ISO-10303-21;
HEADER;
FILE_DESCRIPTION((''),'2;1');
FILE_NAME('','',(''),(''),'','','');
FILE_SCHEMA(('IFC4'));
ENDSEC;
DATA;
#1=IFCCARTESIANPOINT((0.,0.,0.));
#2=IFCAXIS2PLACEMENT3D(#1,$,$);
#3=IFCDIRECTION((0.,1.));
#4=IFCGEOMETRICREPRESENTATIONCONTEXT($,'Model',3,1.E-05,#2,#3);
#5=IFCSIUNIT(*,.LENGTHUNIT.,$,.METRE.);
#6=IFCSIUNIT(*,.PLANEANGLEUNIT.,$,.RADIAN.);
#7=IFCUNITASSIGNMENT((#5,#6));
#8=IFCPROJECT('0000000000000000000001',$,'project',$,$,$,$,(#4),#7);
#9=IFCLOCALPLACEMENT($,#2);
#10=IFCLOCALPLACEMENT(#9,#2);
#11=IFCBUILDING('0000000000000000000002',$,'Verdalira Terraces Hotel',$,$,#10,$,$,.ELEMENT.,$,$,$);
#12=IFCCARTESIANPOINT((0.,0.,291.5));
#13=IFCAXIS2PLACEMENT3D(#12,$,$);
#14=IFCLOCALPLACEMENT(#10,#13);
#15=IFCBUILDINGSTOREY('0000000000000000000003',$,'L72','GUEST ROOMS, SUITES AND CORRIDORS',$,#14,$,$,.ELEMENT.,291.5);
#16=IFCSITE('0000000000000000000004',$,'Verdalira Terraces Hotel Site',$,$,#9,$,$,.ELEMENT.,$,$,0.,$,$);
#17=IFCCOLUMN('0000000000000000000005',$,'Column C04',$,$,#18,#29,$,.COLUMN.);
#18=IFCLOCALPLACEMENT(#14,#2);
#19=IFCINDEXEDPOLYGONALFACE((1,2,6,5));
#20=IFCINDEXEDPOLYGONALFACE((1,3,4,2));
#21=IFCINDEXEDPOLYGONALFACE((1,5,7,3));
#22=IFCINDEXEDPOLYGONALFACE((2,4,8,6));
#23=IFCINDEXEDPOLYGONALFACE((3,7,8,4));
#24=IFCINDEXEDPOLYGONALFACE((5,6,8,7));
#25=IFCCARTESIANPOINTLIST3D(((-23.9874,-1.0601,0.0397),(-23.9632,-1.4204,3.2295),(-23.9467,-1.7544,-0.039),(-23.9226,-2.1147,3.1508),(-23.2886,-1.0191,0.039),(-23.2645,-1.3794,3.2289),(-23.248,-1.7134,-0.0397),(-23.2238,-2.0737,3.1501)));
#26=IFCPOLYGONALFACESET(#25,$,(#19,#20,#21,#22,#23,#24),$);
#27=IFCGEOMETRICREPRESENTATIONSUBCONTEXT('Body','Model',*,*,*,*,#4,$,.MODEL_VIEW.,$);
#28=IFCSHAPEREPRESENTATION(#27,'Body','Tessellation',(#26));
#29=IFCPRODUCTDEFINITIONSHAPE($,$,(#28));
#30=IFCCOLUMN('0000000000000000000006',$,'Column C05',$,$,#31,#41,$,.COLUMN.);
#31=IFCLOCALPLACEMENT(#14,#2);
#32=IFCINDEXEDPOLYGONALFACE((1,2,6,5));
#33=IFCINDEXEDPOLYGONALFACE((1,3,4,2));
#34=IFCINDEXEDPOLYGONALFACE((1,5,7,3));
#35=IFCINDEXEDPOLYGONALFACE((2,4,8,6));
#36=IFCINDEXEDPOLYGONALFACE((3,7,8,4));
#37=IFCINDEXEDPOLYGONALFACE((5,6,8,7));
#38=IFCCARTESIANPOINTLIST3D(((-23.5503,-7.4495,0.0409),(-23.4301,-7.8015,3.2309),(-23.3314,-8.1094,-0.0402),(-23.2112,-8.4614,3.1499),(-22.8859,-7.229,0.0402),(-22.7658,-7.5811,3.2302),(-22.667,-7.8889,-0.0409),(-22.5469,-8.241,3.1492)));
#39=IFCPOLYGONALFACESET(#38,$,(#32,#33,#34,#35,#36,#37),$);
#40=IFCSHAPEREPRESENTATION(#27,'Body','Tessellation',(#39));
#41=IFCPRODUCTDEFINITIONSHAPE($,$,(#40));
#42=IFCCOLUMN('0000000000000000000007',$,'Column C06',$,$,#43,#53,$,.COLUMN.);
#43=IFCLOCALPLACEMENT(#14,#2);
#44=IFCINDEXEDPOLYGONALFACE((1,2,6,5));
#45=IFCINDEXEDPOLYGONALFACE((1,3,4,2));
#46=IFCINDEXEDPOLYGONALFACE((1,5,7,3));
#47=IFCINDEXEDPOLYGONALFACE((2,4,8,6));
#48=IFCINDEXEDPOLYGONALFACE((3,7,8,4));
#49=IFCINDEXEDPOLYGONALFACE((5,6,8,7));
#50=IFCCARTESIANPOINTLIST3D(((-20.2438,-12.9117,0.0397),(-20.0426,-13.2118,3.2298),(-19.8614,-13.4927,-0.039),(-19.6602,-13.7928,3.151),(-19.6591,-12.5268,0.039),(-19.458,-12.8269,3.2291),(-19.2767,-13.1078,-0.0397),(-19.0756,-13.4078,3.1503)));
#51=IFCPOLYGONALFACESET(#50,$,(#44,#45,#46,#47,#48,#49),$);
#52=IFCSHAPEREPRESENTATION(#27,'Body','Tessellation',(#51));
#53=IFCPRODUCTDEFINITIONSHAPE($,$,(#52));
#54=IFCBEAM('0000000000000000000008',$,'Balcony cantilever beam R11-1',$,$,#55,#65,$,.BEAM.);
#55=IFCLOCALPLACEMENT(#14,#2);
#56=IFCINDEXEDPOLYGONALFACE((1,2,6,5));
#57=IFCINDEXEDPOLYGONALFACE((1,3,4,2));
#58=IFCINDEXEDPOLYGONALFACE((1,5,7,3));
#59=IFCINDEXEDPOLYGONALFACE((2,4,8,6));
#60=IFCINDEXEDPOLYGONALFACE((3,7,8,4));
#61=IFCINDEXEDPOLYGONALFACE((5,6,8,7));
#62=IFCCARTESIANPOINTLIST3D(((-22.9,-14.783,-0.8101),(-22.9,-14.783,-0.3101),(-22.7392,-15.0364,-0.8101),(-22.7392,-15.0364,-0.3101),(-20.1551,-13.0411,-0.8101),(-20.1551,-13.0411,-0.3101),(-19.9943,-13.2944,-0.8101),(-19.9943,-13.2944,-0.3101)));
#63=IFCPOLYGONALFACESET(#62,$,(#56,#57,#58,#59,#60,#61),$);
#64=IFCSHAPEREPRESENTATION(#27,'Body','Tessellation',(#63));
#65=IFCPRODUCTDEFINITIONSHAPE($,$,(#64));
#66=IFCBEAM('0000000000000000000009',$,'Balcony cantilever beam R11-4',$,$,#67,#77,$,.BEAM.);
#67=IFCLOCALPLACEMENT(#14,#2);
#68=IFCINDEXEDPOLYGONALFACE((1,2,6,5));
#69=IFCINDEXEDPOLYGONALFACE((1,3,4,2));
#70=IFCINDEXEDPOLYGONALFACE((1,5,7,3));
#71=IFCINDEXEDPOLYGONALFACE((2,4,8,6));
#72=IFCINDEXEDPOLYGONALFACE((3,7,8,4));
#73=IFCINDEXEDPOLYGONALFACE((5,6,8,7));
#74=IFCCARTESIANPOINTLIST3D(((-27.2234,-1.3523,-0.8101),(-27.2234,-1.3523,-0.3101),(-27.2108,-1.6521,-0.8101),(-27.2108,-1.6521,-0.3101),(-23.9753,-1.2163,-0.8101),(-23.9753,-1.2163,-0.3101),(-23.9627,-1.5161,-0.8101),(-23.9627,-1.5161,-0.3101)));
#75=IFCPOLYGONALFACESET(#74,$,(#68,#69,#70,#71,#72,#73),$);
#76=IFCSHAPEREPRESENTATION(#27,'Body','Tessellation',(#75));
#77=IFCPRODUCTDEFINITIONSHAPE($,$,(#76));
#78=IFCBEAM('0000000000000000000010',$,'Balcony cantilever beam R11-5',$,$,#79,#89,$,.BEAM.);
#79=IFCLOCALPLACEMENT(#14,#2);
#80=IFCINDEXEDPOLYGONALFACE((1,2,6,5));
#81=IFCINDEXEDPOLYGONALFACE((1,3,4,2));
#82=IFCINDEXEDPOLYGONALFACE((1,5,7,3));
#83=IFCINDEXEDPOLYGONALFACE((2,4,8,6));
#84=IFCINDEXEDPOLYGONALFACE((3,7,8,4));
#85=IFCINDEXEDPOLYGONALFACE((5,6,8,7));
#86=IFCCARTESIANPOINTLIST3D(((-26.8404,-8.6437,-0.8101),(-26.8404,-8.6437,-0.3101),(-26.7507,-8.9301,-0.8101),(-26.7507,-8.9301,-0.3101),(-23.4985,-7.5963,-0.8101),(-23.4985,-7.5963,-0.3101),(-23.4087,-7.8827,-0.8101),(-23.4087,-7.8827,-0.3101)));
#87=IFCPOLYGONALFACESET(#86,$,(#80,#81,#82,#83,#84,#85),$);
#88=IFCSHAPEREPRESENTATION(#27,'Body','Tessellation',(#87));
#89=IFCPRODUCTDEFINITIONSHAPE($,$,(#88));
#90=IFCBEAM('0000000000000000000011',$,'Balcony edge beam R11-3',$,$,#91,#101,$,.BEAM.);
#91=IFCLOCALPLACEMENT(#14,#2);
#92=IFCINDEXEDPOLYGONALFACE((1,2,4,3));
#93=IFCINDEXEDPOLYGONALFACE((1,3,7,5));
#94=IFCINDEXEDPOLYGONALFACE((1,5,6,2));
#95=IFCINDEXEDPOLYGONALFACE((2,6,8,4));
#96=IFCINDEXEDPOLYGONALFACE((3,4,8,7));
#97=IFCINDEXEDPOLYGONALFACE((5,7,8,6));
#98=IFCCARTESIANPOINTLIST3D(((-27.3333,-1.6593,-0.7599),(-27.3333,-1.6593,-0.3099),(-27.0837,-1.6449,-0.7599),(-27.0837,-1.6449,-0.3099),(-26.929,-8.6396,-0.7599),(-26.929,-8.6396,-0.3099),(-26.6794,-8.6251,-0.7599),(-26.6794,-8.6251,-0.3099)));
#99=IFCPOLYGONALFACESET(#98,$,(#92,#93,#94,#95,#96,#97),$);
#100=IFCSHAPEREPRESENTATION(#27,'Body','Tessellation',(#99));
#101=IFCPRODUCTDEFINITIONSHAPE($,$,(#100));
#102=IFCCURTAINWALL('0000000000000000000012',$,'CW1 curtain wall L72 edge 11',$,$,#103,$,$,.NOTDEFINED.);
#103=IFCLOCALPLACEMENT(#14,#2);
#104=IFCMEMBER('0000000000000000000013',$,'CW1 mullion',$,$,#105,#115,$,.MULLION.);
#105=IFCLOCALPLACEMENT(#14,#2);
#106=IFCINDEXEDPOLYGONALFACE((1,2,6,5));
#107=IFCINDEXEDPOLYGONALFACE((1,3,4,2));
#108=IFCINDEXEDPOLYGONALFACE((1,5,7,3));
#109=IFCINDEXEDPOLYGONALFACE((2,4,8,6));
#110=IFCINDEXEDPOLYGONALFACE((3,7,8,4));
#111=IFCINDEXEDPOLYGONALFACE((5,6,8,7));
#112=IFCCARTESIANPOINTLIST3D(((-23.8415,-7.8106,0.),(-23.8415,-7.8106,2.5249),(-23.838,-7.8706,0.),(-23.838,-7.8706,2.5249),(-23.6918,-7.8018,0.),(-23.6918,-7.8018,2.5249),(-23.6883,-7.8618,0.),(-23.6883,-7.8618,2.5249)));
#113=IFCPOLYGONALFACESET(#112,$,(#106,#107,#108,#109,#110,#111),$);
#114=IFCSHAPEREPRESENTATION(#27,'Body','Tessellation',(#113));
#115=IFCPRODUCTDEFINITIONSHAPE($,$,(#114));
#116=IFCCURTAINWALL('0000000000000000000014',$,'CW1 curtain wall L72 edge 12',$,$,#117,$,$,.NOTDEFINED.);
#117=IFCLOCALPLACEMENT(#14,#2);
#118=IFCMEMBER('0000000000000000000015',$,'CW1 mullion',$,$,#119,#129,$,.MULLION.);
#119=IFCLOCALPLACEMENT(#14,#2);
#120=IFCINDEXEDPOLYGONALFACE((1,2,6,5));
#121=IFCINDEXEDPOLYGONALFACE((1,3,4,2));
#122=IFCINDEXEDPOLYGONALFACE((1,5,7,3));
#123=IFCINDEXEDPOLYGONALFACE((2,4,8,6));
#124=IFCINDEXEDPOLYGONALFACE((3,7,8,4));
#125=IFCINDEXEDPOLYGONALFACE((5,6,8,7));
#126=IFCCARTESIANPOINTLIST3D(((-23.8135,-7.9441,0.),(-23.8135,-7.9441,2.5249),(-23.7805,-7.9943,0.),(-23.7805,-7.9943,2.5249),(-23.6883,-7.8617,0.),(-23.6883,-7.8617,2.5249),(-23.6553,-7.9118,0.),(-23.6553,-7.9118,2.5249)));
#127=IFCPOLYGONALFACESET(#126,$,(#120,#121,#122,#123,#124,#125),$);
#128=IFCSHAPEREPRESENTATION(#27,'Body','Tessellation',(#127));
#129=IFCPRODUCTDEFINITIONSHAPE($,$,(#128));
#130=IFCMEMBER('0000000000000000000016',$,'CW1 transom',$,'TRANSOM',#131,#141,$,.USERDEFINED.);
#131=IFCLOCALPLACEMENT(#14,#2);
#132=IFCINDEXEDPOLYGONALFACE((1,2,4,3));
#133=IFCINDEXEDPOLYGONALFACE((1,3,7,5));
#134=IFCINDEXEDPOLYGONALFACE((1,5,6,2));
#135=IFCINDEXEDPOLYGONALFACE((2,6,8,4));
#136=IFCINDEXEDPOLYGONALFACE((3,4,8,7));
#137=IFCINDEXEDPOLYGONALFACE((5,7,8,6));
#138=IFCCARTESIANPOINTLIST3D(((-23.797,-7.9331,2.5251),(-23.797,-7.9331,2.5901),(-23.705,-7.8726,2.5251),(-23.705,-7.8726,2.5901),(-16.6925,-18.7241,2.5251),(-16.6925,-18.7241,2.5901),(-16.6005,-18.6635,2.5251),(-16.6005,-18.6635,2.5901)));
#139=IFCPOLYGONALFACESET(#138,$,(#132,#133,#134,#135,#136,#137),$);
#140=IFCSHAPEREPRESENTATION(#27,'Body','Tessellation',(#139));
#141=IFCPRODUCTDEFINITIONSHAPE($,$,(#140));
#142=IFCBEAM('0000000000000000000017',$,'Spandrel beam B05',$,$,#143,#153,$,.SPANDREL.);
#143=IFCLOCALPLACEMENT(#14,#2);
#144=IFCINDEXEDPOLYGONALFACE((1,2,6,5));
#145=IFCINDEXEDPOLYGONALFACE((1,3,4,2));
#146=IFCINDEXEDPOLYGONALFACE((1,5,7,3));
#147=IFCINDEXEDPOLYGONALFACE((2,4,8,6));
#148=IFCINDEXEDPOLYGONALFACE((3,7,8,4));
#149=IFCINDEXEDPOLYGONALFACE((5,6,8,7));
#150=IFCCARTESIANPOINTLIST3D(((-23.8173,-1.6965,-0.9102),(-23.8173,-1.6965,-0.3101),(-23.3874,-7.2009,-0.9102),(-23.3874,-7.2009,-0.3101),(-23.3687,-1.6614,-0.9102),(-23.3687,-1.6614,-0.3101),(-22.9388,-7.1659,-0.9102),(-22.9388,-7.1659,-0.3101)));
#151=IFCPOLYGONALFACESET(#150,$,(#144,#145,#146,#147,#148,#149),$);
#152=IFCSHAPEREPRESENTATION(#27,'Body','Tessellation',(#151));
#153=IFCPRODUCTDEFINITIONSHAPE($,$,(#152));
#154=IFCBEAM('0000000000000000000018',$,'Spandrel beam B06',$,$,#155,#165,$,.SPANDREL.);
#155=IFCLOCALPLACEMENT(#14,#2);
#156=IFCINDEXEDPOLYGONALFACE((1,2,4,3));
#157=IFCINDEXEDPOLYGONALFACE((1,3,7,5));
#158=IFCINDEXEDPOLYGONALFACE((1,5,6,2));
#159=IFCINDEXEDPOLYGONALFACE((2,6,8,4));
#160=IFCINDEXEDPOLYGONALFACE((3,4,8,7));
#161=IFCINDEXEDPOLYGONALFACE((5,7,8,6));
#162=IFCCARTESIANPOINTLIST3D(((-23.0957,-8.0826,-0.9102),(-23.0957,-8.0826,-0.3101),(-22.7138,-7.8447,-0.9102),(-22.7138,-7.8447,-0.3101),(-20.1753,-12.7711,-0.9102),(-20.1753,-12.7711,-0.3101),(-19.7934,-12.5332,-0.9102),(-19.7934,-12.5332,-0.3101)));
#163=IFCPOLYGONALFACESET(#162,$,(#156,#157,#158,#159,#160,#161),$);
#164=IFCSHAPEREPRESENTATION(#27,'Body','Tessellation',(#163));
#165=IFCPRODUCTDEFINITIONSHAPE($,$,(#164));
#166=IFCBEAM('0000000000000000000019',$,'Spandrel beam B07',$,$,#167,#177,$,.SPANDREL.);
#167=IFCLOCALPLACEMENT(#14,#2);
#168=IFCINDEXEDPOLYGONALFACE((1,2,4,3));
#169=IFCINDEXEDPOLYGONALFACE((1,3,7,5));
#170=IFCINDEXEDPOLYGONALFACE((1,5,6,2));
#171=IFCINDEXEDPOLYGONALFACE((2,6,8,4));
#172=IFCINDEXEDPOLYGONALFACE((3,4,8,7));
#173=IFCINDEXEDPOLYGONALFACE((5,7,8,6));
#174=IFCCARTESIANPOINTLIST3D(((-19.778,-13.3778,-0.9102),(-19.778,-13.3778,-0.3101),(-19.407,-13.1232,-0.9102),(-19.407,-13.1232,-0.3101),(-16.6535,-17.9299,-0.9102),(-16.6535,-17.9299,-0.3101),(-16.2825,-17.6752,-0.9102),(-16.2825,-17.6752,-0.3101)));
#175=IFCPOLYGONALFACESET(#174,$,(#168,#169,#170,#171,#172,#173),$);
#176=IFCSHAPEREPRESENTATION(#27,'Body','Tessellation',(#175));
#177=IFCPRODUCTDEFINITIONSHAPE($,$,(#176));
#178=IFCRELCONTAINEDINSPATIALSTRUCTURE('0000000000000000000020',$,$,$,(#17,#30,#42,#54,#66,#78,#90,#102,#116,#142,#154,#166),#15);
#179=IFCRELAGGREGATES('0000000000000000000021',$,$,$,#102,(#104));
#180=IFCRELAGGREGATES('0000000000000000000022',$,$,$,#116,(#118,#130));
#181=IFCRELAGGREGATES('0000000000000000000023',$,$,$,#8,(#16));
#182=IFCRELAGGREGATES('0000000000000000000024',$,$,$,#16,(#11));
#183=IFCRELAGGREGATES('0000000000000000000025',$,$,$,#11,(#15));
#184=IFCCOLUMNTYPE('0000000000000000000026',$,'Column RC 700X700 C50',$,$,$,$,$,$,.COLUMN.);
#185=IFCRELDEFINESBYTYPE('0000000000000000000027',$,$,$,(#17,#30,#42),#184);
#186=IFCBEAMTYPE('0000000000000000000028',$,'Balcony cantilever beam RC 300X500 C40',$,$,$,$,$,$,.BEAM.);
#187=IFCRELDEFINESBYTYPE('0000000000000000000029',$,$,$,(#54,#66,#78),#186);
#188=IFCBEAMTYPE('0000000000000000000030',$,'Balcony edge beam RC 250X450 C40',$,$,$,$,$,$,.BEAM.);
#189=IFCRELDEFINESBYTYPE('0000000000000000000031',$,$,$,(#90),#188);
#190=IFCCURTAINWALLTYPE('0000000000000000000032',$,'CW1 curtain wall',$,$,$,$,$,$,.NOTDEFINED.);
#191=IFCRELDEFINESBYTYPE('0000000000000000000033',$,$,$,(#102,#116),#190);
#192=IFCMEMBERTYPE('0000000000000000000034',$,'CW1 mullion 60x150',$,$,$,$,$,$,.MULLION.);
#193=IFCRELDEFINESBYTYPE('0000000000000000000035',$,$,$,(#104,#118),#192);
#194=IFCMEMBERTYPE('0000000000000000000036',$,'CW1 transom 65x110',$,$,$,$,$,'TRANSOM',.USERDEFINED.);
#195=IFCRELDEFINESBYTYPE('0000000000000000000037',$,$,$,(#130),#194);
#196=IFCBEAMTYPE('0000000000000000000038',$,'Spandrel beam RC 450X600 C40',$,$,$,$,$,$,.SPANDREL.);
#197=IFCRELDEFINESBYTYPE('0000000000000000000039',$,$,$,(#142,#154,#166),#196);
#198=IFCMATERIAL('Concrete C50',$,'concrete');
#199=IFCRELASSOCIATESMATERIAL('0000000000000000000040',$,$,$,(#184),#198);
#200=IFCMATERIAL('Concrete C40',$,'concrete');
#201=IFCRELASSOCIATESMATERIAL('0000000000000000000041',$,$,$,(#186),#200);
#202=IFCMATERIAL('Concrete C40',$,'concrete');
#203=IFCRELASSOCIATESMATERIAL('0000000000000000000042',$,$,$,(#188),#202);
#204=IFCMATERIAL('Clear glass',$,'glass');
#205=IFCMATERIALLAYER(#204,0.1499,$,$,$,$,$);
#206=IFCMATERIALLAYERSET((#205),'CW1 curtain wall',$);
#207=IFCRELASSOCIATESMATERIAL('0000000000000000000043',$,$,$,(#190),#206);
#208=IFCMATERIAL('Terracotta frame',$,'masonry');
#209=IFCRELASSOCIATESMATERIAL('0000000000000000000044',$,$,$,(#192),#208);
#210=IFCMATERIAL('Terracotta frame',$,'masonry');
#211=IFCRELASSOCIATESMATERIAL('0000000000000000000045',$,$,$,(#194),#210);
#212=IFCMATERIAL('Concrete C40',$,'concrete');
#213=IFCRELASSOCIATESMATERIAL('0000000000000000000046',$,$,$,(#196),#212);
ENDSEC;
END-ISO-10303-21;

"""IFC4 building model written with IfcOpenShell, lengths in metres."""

from ifc_helpers import new_model, si_unit, direction, frame, origin, origin_2d, place, context, subcontext, project, spatial, rectangle, extrude, material, layer, layer_set, material_profile, profile_set, type_object, element, aggregate, save


model = new_model("IFC4")

# Units and contexts
model_context = context("Model", 3, precision=1e-05, world=origin(), true_north=direction((0.0, 1.0)))
body_context = subcontext(model_context, "Body", "Model", "MODEL_VIEW")
ifc_project = project(units=[si_unit("LENGTHUNIT", "METRE"), si_unit("PLANEANGLEUNIT", "RADIAN")], contexts=[model_context])

# Site, building, storey
site_placement = place(None, origin())
site = spatial("IfcSite", under=ifc_project, at=site_placement, Name="Verdalira Terraces Hotel Site", CompositionType="ELEMENT", RefElevation=0.0)
building_placement = place(site_placement, origin())
building = spatial("IfcBuilding", under=site, at=building_placement, Name="Verdalira Terraces Hotel", CompositionType="ELEMENT")
storey_placement = place(building_placement, frame((0.0, 0.0, 291.5)))
storey = spatial("IfcBuildingStorey", under=building, at=storey_placement, Name="L72", Description="GUEST ROOMS, SUITES AND CORRIDORS", CompositionType="ELEMENT", Elevation=291.5)

# Columns
ifc_material_1 = material(Name="Concrete C50", Category="concrete")
ifc_material_profile_1 = material_profile(ifc_material_1, rectangle(XDim=0.7, YDim=0.7, at=origin_2d()), Name="RC 700X700")
ifc_profile_set_1 = profile_set([ifc_material_profile_1], Name="Concrete C50")
column_type = type_object("IfcColumnType", Name="Column RC 700X700 C50", PredefinedType="COLUMN", material=ifc_profile_set_1)
column_1_placement = place(storey_placement, frame((-23.6177, -1.3867, 0.0), z_axis=(0.007529, -0.112248, 0.993652), x_axis=(0.058083, -0.991953, -0.112496)))
element("IfcColumn", 1, at=column_1_placement, inside=storey, type_object=column_type, Name="Column C04", PredefinedType="COLUMN", context=body_context, shape_type="SweptSolid", body=[
    extrude(rectangle(XDim=0.7, YDim=0.7, at=origin_2d()), origin(), (0.0, 0.0, 1.0), 3.2102),
])
column_2_placement = place(storey_placement, frame((-23.1086, -7.6692, 0.0), z_axis=(0.037402, -0.10962, 0.99327), x_axis=(-0.312748, 0.942748, 0.115821)))
element("IfcColumn", 2, at=column_2_placement, inside=storey, type_object=column_type, Name="Column C05", PredefinedType="COLUMN", context=body_context, shape_type="SweptSolid", body=[
    extrude(rectangle(XDim=0.7, YDim=0.7, at=origin_2d()), origin(), (0.0, 0.0, 1.0), 3.2117),
])
column_3_placement = place(storey_placement, frame((-19.7603, -13.0098, 0.0), z_axis=(0.062664, -0.093464, 0.993649), x_axis=(0.546322, -0.829983, -0.112522)))
element("IfcColumn", 3, at=column_3_placement, inside=storey, type_object=column_type, Name="Column C06", PredefinedType="COLUMN", context=body_context, shape_type="SweptSolid", body=[
    extrude(rectangle(XDim=0.7, YDim=0.7, at=origin_2d()), origin(), (0.0, 0.0, 1.0), 3.2104),
])

# Beams
ifc_material_2 = material(Name="Concrete C40", Category="concrete")
ifc_material_profile_2 = material_profile(ifc_material_2, rectangle(XDim=0.3, YDim=0.5, at=origin_2d()), Name="RC 300X500")
ifc_profile_set_2 = profile_set([ifc_material_profile_2], Name="Concrete C40")
beam_type_1 = type_object("IfcBeamType", Name="Balcony cantilever beam RC 300X500 C40", PredefinedType="BEAM", material=ifc_profile_set_2)
for number, where, z_axis, x_axis, name in (
    (4, (-20.0747, -13.1677, -0.5601), (-0.844329, -0.535825, 0.0), (0.535825, -0.844329, 0.0), "Balcony cantilever beam R11-1"),
    (5, (-23.969, -1.3662, -0.5601), (-0.999125, -0.04183, 0.0), (0.04183, -0.999125, 0.0), "Balcony cantilever beam R11-4"),
):
    element("IfcBeam", number, at=place(storey_placement, frame(where, z_axis=z_axis, x_axis=x_axis)), inside=storey, type_object=beam_type_1, Name=name, PredefinedType="BEAM", context=body_context, shape_type="SweptSolid", body=[
        extrude(rectangle(XDim=0.3, YDim=0.5, at=origin_2d()), origin(), (0.0, 0.0, 1.0), 3.251),
    ])
beam_1_placement = place(storey_placement, frame((-23.4536, -7.7395, -0.5601), z_axis=(-0.954232, -0.299069, 0.0), x_axis=(0.299069, -0.954232, 0.0)))
element("IfcBeam", 6, at=beam_1_placement, inside=storey, type_object=beam_type_1, Name="Balcony cantilever beam R11-5", PredefinedType="BEAM", context=body_context, shape_type="SweptSolid", body=[
    extrude(rectangle(XDim=0.3, YDim=0.5, at=origin_2d()), origin(), (0.0, 0.0, 1.0), 3.5022),
])
ifc_material_3 = material(Name="Concrete C40", Category="concrete")
ifc_material_profile_3 = material_profile(ifc_material_3, rectangle(XDim=0.25, YDim=0.45, at=origin_2d()), Name="RC 250X450")
ifc_profile_set_3 = profile_set([ifc_material_profile_3], Name="Concrete C40")
beam_type_2 = type_object("IfcBeamType", Name="Balcony edge beam RC 250X450 C40", PredefinedType="BEAM", material=ifc_profile_set_3)
beam_2_placement = place(storey_placement, frame((-27.2085, -1.6521, -0.5349), z_axis=(0.057823, -0.998327, 0.0), x_axis=(0.998327, 0.057823, 0.0)))
element("IfcBeam", 7, at=beam_2_placement, inside=storey, type_object=beam_type_2, Name="Balcony edge beam R11-3", PredefinedType="BEAM", context=body_context, shape_type="SweptSolid", body=[
    extrude(rectangle(XDim=0.25, YDim=0.45, at=origin_2d()), origin(), (0.0, 0.0, 1.0), 6.9919),
])

# Curtain wall, member
ifc_material_4 = material(Name="Clear glass", Category="glass")
ifc_layer_1 = layer(ifc_material_4, 0.1499)
ifc_layer_set_1 = layer_set([ifc_layer_1], Name="CW1 curtain wall")
curtain_wall_type = type_object("IfcCurtainWallType", Name="CW1 curtain wall", PredefinedType="NOTDEFINED", material=ifc_layer_set_1)
curtain_wall_1_placement = place(storey_placement, origin())
curtain_wall_1 = element("IfcCurtainWall", 8, at=curtain_wall_1_placement, inside=storey, type_object=curtain_wall_type, Name="CW1 curtain wall L72 edge 11", PredefinedType="NOTDEFINED")
ifc_material_5 = material(Name="Terracotta frame", Category="masonry")
ifc_material_profile_4 = material_profile(ifc_material_5, rectangle(XDim=0.0601, YDim=0.1499, at=origin_2d()), Name="MU 60x150")
ifc_profile_set_4 = profile_set([ifc_material_profile_4], Name="Terracotta frame")
member_type_1 = type_object("IfcMemberType", Name="CW1 mullion 60x150", PredefinedType="MULLION", material=ifc_profile_set_4)
member_1_placement = place(storey_placement, frame((-23.7649, -7.8362, 0.0), z_axis=(0.0, 0.0, 1.0), x_axis=(0.058609, -0.998281, 0.0)))
member_1 = element("IfcMember", 9, at=member_1_placement, type_object=member_type_1, Name="CW1 mullion", PredefinedType="MULLION", context=body_context, shape_type="SweptSolid", body=[
    extrude(rectangle(XDim=0.0601, YDim=0.1499, at=origin_2d()), origin(), (0.0, 0.0, 1.0), 2.5249),
])

# Curtain wall, members
curtain_wall_2_placement = place(storey_placement, origin())
curtain_wall_2 = element("IfcCurtainWall", 10, at=curtain_wall_2_placement, inside=storey, type_object=curtain_wall_type, Name="CW1 curtain wall L72 edge 12", PredefinedType="NOTDEFINED")
member_2_placement = place(storey_placement, frame((-23.7344, -7.928, 0.0), z_axis=(0.0, 0.0, 1.0), x_axis=(0.549898, -0.835232, 0.0)))
member_2 = element("IfcMember", 11, at=member_2_placement, type_object=member_type_1, Name="CW1 mullion", PredefinedType="MULLION", context=body_context, shape_type="SweptSolid", body=[
    extrude(rectangle(XDim=0.0601, YDim=0.1499, at=origin_2d()), origin(), (0.0, 0.0, 1.0), 2.5249),
])
ifc_material_6 = material(Name="Terracotta frame", Category="masonry")
ifc_material_profile_5 = material_profile(ifc_material_6, rectangle(XDim=0.1101, YDim=0.0649, at=origin_2d()), Name="TR 65x110")
ifc_profile_set_5 = profile_set([ifc_material_profile_5], Name="Terracotta frame")
member_type_2 = type_object("IfcMemberType", Name="CW1 transom 65x110", ElementType="TRANSOM", PredefinedType="USERDEFINED", material=ifc_profile_set_5)
member_3_placement = place(storey_placement, frame((-23.751, -7.9028, 2.5576), z_axis=(0.549894, -0.835234, 0.0), x_axis=(0.835234, 0.549894, 0.0)))
member_3 = element("IfcMember", 12, at=member_3_placement, type_object=member_type_2, Name="CW1 transom", ObjectType="TRANSOM", PredefinedType="USERDEFINED", context=body_context, shape_type="SweptSolid", body=[
    extrude(rectangle(XDim=0.1101, YDim=0.0649, at=origin_2d()), origin(), (0.0, 0.0, 1.0), 12.9197),
])

# Beams
ifc_material_7 = material(Name="Concrete C40", Category="concrete")
ifc_material_profile_6 = material_profile(ifc_material_7, rectangle(XDim=0.45, YDim=0.6001, at=origin_2d()), Name="RC 450X600")
ifc_profile_set_6 = profile_set([ifc_material_profile_6], Name="Concrete C40")
beam_type_3 = type_object("IfcBeamType", Name="Spandrel beam RC 450X600 C40", PredefinedType="SPANDREL", material=ifc_profile_set_6)
beam_3_placement = place(storey_placement, frame((-23.593, -1.679, -0.6101), z_axis=(0.07787, -0.996964, 0.0), x_axis=(0.996964, 0.07787, 0.0)))
element("IfcBeam", 13, at=beam_3_placement, inside=storey, type_object=beam_type_3, Name="Spandrel beam B05", PredefinedType="SPANDREL", context=body_context, shape_type="SweptSolid", body=[
    extrude(rectangle(XDim=0.45, YDim=0.6001, at=origin_2d()), origin(), (0.0, 0.0, 1.0), 5.5212),
])
beam_4_placement = place(storey_placement, frame((-22.9048, -7.9636, -0.6101), z_axis=(0.528711, -0.848802, 0.0), x_axis=(0.848802, 0.528711, 0.0)))
element("IfcBeam", 14, at=beam_4_placement, inside=storey, type_object=beam_type_3, Name="Spandrel beam B06", PredefinedType="SPANDREL", context=body_context, shape_type="SweptSolid", body=[
    extrude(rectangle(XDim=0.45, YDim=0.6001, at=origin_2d()), origin(), (0.0, 0.0, 1.0), 5.5237),
])
beam_5_placement = place(storey_placement, frame((-19.5925, -13.2505, -0.6101), z_axis=(0.565915, -0.824464, 0.0), x_axis=(0.824464, 0.565915, 0.0)))
element("IfcBeam", 15, at=beam_5_placement, inside=storey, type_object=beam_type_3, Name="Spandrel beam B07", PredefinedType="SPANDREL", context=body_context, shape_type="SweptSolid", body=[
    extrude(rectangle(XDim=0.45, YDim=0.6001, at=origin_2d()), origin(), (0.0, 0.0, 1.0), 5.5212),
])

aggregate(curtain_wall_1, [member_1])
aggregate(curtain_wall_2, [member_2, member_3])

save(model, "model.ifc")
